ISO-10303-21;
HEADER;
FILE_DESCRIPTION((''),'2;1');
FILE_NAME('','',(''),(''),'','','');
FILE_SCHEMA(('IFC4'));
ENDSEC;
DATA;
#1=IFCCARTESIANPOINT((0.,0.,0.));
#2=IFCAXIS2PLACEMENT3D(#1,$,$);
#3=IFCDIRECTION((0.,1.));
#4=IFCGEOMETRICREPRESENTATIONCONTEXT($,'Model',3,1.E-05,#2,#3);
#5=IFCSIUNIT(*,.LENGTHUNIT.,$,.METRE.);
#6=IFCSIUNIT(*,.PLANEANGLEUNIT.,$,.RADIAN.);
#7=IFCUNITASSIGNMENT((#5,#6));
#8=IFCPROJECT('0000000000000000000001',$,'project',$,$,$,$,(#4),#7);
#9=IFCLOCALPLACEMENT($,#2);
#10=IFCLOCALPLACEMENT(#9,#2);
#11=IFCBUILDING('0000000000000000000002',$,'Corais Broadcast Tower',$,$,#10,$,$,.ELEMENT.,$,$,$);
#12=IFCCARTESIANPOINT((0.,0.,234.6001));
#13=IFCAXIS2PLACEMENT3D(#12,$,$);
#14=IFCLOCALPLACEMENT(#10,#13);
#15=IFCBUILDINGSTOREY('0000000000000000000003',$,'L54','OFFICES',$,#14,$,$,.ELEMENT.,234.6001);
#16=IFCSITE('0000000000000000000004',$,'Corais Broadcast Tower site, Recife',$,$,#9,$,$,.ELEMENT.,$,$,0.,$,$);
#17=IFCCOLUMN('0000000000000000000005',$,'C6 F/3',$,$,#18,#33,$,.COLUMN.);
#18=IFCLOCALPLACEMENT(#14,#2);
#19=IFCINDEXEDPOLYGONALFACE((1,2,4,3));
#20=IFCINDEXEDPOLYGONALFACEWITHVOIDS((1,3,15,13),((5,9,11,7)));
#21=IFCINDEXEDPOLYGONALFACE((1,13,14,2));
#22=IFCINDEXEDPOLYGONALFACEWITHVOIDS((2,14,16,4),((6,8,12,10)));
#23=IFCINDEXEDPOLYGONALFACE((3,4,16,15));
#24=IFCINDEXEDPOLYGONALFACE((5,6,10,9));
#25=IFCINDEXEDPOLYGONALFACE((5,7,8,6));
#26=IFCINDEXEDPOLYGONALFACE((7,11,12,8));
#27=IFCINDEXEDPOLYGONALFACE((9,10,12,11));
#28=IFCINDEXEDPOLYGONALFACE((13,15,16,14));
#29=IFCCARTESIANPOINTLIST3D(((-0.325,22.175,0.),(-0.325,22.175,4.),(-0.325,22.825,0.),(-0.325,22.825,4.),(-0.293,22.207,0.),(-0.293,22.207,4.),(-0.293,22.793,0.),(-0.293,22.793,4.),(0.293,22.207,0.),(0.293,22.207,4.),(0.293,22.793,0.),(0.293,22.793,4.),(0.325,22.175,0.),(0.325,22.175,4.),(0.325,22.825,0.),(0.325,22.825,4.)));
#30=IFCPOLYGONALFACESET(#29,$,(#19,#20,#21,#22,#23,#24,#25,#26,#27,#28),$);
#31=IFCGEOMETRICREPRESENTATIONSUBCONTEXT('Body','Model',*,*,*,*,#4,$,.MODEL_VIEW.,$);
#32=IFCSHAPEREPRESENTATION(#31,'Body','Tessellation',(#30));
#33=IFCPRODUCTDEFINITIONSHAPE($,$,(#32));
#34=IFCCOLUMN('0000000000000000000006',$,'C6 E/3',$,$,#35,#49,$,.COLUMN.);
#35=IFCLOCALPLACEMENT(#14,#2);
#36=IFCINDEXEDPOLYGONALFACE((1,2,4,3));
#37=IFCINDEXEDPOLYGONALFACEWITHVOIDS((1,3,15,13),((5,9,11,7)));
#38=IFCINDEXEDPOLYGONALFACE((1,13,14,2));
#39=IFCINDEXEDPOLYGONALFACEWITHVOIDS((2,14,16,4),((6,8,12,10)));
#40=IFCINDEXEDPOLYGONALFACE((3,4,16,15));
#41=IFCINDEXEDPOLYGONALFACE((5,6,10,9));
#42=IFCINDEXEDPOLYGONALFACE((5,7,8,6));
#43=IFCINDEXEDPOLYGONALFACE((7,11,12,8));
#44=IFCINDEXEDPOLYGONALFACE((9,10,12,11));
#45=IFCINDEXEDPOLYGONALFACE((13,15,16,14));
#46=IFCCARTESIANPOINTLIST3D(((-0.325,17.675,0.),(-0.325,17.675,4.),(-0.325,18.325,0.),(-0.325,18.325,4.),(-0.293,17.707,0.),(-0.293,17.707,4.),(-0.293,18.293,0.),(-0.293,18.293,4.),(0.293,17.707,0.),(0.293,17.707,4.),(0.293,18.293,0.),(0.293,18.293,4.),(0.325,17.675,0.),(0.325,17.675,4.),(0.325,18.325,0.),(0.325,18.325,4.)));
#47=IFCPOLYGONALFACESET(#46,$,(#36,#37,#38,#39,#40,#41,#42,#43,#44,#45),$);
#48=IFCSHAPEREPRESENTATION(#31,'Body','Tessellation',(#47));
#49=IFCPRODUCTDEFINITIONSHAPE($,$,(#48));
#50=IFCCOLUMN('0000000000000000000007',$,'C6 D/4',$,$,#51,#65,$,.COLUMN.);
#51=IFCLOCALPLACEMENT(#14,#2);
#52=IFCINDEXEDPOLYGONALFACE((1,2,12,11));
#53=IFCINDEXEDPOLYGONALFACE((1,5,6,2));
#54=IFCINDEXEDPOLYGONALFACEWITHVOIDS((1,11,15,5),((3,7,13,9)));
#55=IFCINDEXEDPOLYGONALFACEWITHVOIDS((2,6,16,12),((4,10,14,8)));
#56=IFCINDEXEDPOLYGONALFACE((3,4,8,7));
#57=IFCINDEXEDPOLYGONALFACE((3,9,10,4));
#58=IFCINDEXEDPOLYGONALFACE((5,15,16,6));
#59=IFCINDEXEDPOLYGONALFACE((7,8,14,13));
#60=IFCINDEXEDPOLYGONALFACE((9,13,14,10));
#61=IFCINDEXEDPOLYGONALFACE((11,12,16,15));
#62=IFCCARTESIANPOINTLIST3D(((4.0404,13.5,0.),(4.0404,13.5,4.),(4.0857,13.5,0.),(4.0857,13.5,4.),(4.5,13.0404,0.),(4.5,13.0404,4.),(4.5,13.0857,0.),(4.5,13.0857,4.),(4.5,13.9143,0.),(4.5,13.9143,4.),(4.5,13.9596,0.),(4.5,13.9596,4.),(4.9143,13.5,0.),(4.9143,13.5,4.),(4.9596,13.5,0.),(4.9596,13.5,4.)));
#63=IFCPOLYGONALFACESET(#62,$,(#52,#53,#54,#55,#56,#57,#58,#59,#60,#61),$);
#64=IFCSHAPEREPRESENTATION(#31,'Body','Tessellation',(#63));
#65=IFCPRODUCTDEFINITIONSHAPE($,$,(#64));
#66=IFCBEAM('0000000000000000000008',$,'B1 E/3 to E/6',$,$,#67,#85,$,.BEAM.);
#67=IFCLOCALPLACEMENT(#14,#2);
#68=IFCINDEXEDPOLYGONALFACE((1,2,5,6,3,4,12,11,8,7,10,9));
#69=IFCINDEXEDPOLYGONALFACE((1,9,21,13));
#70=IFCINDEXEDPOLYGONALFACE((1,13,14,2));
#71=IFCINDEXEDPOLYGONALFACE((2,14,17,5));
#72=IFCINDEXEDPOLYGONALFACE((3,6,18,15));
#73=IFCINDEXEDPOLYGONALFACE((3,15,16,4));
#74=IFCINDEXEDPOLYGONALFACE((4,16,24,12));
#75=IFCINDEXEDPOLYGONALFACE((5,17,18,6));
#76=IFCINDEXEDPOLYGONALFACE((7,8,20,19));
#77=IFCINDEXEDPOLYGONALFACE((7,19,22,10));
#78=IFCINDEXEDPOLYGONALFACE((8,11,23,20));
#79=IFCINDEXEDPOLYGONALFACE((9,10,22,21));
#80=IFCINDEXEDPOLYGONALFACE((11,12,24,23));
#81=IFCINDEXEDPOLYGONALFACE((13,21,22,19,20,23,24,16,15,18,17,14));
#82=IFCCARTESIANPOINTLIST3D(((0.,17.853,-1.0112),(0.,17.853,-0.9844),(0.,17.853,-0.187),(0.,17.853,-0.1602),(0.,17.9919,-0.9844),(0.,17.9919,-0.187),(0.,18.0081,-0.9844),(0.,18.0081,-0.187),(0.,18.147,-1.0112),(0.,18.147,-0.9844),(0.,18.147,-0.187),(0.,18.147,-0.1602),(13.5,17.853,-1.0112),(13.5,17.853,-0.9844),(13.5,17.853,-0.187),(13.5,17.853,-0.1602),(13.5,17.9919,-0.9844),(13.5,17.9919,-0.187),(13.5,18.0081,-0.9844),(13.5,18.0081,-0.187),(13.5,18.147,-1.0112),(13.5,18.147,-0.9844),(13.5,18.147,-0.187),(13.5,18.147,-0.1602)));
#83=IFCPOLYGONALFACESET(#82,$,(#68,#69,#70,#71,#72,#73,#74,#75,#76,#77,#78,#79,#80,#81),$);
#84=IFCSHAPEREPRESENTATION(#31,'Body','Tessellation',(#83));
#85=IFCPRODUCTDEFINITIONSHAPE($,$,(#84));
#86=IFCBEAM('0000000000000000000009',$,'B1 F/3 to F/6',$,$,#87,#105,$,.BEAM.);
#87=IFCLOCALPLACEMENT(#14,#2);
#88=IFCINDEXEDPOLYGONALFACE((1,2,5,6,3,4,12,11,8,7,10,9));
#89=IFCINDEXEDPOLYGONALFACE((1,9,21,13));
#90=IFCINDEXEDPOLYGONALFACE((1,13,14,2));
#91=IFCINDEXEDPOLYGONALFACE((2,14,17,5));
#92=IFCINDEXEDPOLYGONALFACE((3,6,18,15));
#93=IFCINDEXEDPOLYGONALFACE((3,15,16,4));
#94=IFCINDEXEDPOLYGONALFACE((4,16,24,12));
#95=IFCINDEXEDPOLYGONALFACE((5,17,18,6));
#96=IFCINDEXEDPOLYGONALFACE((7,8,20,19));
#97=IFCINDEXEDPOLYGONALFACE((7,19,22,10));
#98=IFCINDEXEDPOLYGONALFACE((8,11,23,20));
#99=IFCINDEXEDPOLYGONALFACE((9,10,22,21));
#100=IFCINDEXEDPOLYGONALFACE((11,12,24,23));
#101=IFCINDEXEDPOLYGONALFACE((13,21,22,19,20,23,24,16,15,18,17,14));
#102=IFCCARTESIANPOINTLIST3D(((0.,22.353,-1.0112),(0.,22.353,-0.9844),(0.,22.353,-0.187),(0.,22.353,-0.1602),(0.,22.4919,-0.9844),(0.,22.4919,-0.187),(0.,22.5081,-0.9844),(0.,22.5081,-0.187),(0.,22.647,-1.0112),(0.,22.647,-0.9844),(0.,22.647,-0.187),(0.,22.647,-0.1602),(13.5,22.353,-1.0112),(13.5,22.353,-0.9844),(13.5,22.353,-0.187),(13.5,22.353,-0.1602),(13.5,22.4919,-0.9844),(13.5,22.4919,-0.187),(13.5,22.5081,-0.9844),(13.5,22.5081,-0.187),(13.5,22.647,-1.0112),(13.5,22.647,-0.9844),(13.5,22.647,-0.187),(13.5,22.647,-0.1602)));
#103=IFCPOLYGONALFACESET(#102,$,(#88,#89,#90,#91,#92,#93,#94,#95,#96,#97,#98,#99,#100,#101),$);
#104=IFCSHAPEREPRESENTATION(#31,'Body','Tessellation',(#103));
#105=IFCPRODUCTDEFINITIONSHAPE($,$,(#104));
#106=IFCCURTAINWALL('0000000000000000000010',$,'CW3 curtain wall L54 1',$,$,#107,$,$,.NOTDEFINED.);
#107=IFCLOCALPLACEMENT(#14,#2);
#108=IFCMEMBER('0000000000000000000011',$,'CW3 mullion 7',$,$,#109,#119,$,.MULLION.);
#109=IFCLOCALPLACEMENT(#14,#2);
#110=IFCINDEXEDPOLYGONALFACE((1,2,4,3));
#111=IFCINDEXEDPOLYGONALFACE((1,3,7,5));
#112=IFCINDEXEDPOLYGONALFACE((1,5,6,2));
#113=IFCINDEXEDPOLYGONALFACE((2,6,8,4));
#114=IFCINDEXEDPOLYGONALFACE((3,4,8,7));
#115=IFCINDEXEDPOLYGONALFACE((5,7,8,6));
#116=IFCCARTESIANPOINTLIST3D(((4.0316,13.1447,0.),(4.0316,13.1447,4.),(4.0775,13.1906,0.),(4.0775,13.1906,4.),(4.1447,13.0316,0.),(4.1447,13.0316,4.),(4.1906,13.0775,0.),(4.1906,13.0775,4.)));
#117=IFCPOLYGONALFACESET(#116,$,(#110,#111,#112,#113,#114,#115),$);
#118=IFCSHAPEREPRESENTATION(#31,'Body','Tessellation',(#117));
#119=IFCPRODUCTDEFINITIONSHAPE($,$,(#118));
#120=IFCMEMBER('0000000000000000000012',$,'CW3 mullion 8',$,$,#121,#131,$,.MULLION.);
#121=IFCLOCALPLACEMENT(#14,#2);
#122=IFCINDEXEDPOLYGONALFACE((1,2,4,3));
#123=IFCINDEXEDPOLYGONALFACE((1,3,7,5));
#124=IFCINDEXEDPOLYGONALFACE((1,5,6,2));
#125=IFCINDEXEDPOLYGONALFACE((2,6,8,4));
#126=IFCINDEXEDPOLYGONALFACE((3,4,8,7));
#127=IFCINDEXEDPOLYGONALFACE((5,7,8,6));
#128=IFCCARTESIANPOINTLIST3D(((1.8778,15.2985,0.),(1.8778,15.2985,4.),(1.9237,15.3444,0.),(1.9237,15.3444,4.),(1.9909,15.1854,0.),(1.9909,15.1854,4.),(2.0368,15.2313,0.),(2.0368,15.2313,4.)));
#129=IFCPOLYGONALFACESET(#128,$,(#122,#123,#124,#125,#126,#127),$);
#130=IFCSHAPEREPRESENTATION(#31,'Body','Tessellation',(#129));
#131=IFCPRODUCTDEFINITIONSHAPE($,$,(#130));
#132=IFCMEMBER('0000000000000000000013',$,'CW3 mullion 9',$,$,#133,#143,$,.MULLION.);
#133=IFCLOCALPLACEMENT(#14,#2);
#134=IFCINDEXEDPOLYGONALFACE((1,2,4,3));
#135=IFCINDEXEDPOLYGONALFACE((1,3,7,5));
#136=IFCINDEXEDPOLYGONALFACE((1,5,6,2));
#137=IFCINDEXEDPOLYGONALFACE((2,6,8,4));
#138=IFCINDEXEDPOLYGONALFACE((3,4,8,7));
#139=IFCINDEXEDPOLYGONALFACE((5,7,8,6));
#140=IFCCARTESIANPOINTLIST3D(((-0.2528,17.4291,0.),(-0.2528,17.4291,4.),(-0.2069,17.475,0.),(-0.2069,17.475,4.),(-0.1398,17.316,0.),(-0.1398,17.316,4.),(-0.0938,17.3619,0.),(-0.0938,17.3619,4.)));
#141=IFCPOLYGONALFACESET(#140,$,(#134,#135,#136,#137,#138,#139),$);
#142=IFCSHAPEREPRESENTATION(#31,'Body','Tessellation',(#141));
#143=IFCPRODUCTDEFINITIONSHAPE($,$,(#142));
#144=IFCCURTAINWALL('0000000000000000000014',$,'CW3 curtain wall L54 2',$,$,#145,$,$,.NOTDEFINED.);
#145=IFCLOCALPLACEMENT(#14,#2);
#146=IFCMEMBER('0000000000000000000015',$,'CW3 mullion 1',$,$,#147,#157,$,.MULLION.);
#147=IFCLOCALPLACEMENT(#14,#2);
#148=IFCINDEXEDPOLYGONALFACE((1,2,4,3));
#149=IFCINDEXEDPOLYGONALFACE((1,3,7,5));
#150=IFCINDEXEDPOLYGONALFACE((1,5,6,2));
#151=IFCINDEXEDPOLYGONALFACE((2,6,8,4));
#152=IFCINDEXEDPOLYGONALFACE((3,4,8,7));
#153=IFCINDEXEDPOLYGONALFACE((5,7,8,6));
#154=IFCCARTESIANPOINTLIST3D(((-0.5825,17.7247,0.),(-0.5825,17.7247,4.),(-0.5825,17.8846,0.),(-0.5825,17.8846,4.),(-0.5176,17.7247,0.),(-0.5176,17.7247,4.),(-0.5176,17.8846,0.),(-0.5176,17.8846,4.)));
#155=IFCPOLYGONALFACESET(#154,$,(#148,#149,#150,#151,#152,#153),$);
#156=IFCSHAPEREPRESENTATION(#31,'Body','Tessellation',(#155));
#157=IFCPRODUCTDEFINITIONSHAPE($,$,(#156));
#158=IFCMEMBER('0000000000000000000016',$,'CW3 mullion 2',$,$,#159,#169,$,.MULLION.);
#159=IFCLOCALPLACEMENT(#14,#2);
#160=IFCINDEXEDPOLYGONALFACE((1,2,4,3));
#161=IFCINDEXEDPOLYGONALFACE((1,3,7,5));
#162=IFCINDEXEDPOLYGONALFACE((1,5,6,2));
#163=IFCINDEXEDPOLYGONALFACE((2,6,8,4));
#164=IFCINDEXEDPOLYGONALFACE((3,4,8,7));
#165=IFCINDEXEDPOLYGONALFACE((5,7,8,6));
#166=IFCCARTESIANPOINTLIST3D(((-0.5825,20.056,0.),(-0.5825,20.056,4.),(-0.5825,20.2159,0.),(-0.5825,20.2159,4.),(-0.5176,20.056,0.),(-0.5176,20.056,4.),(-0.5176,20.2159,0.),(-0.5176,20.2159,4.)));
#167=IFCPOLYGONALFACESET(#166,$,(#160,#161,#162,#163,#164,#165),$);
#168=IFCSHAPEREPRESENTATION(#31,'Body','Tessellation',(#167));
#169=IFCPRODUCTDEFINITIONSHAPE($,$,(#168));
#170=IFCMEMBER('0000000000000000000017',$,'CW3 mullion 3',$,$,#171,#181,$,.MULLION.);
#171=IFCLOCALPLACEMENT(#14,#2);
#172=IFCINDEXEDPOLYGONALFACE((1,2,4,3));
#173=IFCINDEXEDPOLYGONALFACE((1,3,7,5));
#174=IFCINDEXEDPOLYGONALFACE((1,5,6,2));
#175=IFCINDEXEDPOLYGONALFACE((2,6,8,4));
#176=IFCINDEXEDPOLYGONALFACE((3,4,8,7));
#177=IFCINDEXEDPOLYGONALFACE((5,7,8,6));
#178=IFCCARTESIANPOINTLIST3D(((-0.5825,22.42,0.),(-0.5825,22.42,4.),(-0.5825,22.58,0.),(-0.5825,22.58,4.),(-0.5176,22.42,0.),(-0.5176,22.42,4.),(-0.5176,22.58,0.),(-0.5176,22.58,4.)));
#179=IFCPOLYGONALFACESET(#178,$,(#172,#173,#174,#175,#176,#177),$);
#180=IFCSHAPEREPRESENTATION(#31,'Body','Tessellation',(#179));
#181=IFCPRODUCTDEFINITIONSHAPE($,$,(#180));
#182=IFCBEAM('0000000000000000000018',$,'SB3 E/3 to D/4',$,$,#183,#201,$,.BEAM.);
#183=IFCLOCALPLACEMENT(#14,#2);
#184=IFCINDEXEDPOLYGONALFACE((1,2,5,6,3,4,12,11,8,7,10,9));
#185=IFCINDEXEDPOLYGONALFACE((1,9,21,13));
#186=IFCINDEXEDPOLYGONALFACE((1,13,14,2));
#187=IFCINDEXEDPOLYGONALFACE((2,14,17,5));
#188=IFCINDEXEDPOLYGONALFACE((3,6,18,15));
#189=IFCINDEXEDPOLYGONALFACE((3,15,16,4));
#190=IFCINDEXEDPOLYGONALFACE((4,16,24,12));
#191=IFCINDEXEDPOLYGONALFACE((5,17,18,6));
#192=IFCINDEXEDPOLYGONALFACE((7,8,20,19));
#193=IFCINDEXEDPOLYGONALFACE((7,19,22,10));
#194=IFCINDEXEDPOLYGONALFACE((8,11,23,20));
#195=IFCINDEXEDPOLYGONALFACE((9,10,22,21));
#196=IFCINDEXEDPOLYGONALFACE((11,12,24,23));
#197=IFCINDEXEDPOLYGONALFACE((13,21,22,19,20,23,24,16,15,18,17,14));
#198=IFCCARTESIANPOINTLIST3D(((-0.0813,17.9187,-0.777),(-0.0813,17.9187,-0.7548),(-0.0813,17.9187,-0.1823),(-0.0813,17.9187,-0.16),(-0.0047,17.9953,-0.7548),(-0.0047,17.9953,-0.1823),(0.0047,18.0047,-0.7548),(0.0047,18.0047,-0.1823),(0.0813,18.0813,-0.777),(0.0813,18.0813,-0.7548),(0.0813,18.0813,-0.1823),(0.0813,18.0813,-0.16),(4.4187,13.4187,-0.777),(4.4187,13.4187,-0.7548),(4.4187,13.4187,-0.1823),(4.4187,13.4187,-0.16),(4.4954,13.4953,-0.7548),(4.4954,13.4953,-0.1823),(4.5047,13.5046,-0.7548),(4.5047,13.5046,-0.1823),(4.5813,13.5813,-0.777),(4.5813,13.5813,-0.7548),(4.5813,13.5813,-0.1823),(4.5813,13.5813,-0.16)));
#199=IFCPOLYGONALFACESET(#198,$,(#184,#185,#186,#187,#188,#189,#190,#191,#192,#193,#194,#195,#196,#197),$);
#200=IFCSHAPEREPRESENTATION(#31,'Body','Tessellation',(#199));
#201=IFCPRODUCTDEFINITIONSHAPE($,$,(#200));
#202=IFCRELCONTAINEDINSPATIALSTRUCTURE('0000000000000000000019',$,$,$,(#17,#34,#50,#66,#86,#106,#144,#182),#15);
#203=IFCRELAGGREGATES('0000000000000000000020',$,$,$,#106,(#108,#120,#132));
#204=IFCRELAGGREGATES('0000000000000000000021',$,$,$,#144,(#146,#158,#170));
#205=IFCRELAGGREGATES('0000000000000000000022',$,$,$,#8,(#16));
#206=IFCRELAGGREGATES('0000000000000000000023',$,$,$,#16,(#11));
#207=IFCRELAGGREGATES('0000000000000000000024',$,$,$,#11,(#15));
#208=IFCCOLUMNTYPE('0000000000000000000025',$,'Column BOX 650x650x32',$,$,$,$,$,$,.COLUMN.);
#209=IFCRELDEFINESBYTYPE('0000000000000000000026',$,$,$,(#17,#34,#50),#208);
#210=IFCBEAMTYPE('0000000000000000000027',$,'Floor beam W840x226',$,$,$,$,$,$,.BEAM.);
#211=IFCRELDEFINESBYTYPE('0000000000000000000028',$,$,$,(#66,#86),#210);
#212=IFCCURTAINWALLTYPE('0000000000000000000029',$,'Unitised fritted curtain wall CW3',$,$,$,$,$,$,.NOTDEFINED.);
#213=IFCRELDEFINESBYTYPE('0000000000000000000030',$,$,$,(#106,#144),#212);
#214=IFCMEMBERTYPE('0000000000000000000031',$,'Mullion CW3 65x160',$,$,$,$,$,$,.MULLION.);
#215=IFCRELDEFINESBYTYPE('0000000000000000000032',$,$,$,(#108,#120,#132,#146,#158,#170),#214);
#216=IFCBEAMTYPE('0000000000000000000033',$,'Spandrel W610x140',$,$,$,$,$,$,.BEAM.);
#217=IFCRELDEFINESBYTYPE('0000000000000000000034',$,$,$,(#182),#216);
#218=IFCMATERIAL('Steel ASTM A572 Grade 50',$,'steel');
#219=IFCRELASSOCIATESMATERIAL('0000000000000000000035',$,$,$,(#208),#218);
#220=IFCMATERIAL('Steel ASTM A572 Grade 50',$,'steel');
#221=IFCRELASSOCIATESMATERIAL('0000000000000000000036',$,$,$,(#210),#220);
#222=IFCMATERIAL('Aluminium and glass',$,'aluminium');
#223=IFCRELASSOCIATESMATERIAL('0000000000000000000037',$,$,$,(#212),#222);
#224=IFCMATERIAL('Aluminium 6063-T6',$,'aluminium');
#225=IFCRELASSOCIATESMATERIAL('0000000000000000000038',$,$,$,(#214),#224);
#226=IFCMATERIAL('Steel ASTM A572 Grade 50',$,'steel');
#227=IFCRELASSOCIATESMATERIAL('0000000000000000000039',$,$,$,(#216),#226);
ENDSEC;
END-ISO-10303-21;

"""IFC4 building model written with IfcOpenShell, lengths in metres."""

from ifc_helpers import new_model, si_unit, direction, frame, origin, origin_2d, place, context, subcontext, project, spatial, rectangle, hollow_rectangle, i_section, extrude, material, material_profile, profile_set, type_object, element, aggregate, save


model = new_model("IFC4")

# Units and contexts
model_context = context("Model", 3, precision=1e-05, world=origin(), true_north=direction((0.0, 1.0)))
body_context = subcontext(model_context, "Body", "Model", "MODEL_VIEW")
ifc_project = project(units=[si_unit("LENGTHUNIT", "METRE"), si_unit("PLANEANGLEUNIT", "RADIAN")], contexts=[model_context])

# Site, building, storey
site_placement = place(None, origin())
site = spatial("IfcSite", under=ifc_project, at=site_placement, Name="Corais Broadcast Tower site, Recife", CompositionType="ELEMENT", RefElevation=0.0)
building_placement = place(site_placement, origin())
building = spatial("IfcBuilding", under=site, at=building_placement, Name="Corais Broadcast Tower", CompositionType="ELEMENT")
storey_placement = place(building_placement, frame((0.0, 0.0, 234.6001)))
storey = spatial("IfcBuildingStorey", under=building, at=storey_placement, Name="L54", Description="OFFICES", CompositionType="ELEMENT", Elevation=234.6001)

# Columns
ifc_material_1 = material(Name="Steel ASTM A572 Grade 50", Category="steel")
ifc_material_profile_1 = material_profile(ifc_material_1, hollow_rectangle(XDim=0.6499, YDim=0.6499, WallThickness=0.032, at=origin_2d()), Name="BOX 650x650x32")
ifc_profile_set_1 = profile_set([ifc_material_profile_1], Name="Steel ASTM A572 Grade 50")
column_type = type_object("IfcColumnType", Name="Column BOX 650x650x32", PredefinedType="COLUMN", material=ifc_profile_set_1)
for number, where, z_axis, x_axis, name in (
    (1, (0.0, 22.5, 0.0), (0.0, 0.0, 1.0), (1.0, 0.0, 0.0), "C6 F/3"),
    (2, (0.0, 18.0, 0.0), (0.0, 0.0, 1.0), (1.0, 0.0, 0.0), "C6 E/3"),
    (3, (4.5, 13.5, 0.0), (0.0, 0.0, 1.0), (0.707107, 0.707107, 0.0), "C6 D/4"),
):
    element("IfcColumn", number, at=place(storey_placement, frame(where, z_axis=z_axis, x_axis=x_axis)), inside=storey, type_object=column_type, Name=name, PredefinedType="COLUMN", context=body_context, shape_type="SweptSolid", body=[
        extrude(hollow_rectangle(XDim=0.6499, YDim=0.6499, WallThickness=0.032, at=origin_2d()), origin(), (0.0, 0.0, 1.0), 4.0),
    ])

# Beams
ifc_material_2 = material(Name="Steel ASTM A572 Grade 50", Category="steel")
ifc_material_profile_2 = material_profile(ifc_material_2, i_section(OverallWidth=0.2939, OverallDepth=0.8511, WebThickness=0.0161, FlangeThickness=0.0269, at=origin_2d()), Name="W840x226")
ifc_profile_set_2 = profile_set([ifc_material_profile_2], Name="Steel ASTM A572 Grade 50")
beam_type_1 = type_object("IfcBeamType", Name="Floor beam W840x226", PredefinedType="BEAM", material=ifc_profile_set_2)
for number, where, z_axis, x_axis, name in (
    (4, (0.0, 18.0, -0.5857), (1.0, 0.0, 0.0), (0.0, 1.0, 0.0), "B1 E/3 to E/6"),
    (5, (0.0, 22.5, -0.5857), (1.0, 0.0, 0.0), (0.0, 1.0, 0.0), "B1 F/3 to F/6"),
):
    element("IfcBeam", number, at=place(storey_placement, frame(where, z_axis=z_axis, x_axis=x_axis)), inside=storey, type_object=beam_type_1, Name=name, PredefinedType="BEAM", context=body_context, shape_type="SweptSolid", body=[
        extrude(i_section(OverallWidth=0.2939, OverallDepth=0.8511, WebThickness=0.0161, FlangeThickness=0.0269, at=origin_2d()), origin(), (0.0, 0.0, 1.0), 13.5),
    ])

# Curtain walls, members
ifc_material_3 = material(Name="Aluminium and glass", Category="aluminium")
curtain_wall_type = type_object("IfcCurtainWallType", Name="Unitised fritted curtain wall CW3", PredefinedType="NOTDEFINED", material=ifc_material_3)
curtain_wall_1_placement = place(storey_placement, origin())
curtain_wall_1 = element("IfcCurtainWall", 6, at=curtain_wall_1_placement, inside=storey, type_object=curtain_wall_type, Name="CW3 curtain wall L54 1", PredefinedType="NOTDEFINED")
ifc_material_4 = material(Name="Aluminium 6063-T6", Category="aluminium")
ifc_material_profile_3 = material_profile(ifc_material_4, rectangle(XDim=0.0649, YDim=0.1599, at=origin_2d()), Name="Mullion CW3 65x160")
ifc_profile_set_3 = profile_set([ifc_material_profile_3], Name="Aluminium 6063-T6")
member_type_1 = type_object("IfcMemberType", Name="Mullion CW3 65x160", PredefinedType="MULLION", material=ifc_profile_set_3)
member_1_placement = place(storey_placement, frame((4.1111, 13.1111, 0.0), z_axis=(0.0, 0.0, 1.0), x_axis=(-0.707107, -0.707107, 0.0)))
member_1 = element("IfcMember", 7, at=member_1_placement, type_object=member_type_1, Name="CW3 mullion 7", PredefinedType="MULLION", context=body_context, shape_type="SweptSolid", body=[
    extrude(rectangle(XDim=0.0649, YDim=0.1599, at=origin_2d()), origin(), (0.0, 0.0, 1.0), 4.0),
])
member_2_placement = place(storey_placement, frame((1.9573, 15.2649, 0.0), z_axis=(0.0, 0.0, 1.0), x_axis=(-0.707107, -0.707107, 0.0)))
member_2 = element("IfcMember", 8, at=member_2_placement, type_object=member_type_1, Name="CW3 mullion 8", PredefinedType="MULLION", context=body_context, shape_type="SweptSolid", body=[
    extrude(rectangle(XDim=0.0649, YDim=0.1599, at=origin_2d()), origin(), (0.0, 0.0, 1.0), 4.0),
])
member_3_placement = place(storey_placement, frame((-0.1733, 17.3955, 0.0), z_axis=(0.0, 0.0, 1.0), x_axis=(-0.707107, -0.707107, 0.0)))
member_3 = element("IfcMember", 9, at=member_3_placement, type_object=member_type_1, Name="CW3 mullion 9", PredefinedType="MULLION", context=body_context, shape_type="SweptSolid", body=[
    extrude(rectangle(XDim=0.0649, YDim=0.1599, at=origin_2d()), origin(), (0.0, 0.0, 1.0), 4.0),
])
curtain_wall_2_placement = place(storey_placement, origin())
curtain_wall_2 = element("IfcCurtainWall", 10, at=curtain_wall_2_placement, inside=storey, type_object=curtain_wall_type, Name="CW3 curtain wall L54 2", PredefinedType="NOTDEFINED")
member_4_placement = place(storey_placement, frame((-0.55, 17.8047, 0.0), z_axis=(0.0, 0.0, 1.0), x_axis=(-1.0, 0.0, 0.0)))
member_4 = element("IfcMember", 11, at=member_4_placement, type_object=member_type_1, Name="CW3 mullion 1", PredefinedType="MULLION", context=body_context, shape_type="SweptSolid", body=[
    extrude(rectangle(XDim=0.0649, YDim=0.1599, at=origin_2d()), origin(), (0.0, 0.0, 1.0), 4.0),
])
member_5_placement = place(storey_placement, frame((-0.55, 20.136, 0.0), z_axis=(0.0, 0.0, 1.0), x_axis=(-1.0, 0.0, 0.0)))
member_5 = element("IfcMember", 12, at=member_5_placement, type_object=member_type_1, Name="CW3 mullion 2", PredefinedType="MULLION", context=body_context, shape_type="SweptSolid", body=[
    extrude(rectangle(XDim=0.0649, YDim=0.1599, at=origin_2d()), origin(), (0.0, 0.0, 1.0), 4.0),
])
member_6_placement = place(storey_placement, frame((-0.55, 22.5, 0.0), z_axis=(0.0, 0.0, 1.0), x_axis=(-1.0, 0.0, 0.0)))
member_6 = element("IfcMember", 13, at=member_6_placement, type_object=member_type_1, Name="CW3 mullion 3", PredefinedType="MULLION", context=body_context, shape_type="SweptSolid", body=[
    extrude(rectangle(XDim=0.0649, YDim=0.1599, at=origin_2d()), origin(), (0.0, 0.0, 1.0), 4.0),
])

# Beam
ifc_material_5 = material(Name="Steel ASTM A572 Grade 50", Category="steel")
ifc_material_profile_4 = material_profile(ifc_material_5, i_section(OverallWidth=0.23, OverallDepth=0.6169, WebThickness=0.0132, FlangeThickness=0.0222, at=origin_2d()), Name="W610x140")
ifc_profile_set_4 = profile_set([ifc_material_profile_4], Name="Steel ASTM A572 Grade 50")
beam_type_2 = type_object("IfcBeamType", Name="Spandrel W610x140", PredefinedType="BEAM", material=ifc_profile_set_4)
beam_1_placement = place(storey_placement, frame((0.0, 18.0, -0.4685), z_axis=(0.707107, -0.707107, 0.0), x_axis=(0.707107, 0.707107, 0.0)))
element("IfcBeam", 14, at=beam_1_placement, inside=storey, type_object=beam_type_2, Name="SB3 E/3 to D/4", PredefinedType="BEAM", context=body_context, shape_type="SweptSolid", body=[
    extrude(i_section(OverallWidth=0.23, OverallDepth=0.6169, WebThickness=0.0132, FlangeThickness=0.0222, at=origin_2d()), origin(), (0.0, 0.0, 1.0), 6.364),
])

aggregate(curtain_wall_1, [member_1, member_2, member_3])
aggregate(curtain_wall_2, [member_4, member_5, member_6])

save(model, "model.ifc")
